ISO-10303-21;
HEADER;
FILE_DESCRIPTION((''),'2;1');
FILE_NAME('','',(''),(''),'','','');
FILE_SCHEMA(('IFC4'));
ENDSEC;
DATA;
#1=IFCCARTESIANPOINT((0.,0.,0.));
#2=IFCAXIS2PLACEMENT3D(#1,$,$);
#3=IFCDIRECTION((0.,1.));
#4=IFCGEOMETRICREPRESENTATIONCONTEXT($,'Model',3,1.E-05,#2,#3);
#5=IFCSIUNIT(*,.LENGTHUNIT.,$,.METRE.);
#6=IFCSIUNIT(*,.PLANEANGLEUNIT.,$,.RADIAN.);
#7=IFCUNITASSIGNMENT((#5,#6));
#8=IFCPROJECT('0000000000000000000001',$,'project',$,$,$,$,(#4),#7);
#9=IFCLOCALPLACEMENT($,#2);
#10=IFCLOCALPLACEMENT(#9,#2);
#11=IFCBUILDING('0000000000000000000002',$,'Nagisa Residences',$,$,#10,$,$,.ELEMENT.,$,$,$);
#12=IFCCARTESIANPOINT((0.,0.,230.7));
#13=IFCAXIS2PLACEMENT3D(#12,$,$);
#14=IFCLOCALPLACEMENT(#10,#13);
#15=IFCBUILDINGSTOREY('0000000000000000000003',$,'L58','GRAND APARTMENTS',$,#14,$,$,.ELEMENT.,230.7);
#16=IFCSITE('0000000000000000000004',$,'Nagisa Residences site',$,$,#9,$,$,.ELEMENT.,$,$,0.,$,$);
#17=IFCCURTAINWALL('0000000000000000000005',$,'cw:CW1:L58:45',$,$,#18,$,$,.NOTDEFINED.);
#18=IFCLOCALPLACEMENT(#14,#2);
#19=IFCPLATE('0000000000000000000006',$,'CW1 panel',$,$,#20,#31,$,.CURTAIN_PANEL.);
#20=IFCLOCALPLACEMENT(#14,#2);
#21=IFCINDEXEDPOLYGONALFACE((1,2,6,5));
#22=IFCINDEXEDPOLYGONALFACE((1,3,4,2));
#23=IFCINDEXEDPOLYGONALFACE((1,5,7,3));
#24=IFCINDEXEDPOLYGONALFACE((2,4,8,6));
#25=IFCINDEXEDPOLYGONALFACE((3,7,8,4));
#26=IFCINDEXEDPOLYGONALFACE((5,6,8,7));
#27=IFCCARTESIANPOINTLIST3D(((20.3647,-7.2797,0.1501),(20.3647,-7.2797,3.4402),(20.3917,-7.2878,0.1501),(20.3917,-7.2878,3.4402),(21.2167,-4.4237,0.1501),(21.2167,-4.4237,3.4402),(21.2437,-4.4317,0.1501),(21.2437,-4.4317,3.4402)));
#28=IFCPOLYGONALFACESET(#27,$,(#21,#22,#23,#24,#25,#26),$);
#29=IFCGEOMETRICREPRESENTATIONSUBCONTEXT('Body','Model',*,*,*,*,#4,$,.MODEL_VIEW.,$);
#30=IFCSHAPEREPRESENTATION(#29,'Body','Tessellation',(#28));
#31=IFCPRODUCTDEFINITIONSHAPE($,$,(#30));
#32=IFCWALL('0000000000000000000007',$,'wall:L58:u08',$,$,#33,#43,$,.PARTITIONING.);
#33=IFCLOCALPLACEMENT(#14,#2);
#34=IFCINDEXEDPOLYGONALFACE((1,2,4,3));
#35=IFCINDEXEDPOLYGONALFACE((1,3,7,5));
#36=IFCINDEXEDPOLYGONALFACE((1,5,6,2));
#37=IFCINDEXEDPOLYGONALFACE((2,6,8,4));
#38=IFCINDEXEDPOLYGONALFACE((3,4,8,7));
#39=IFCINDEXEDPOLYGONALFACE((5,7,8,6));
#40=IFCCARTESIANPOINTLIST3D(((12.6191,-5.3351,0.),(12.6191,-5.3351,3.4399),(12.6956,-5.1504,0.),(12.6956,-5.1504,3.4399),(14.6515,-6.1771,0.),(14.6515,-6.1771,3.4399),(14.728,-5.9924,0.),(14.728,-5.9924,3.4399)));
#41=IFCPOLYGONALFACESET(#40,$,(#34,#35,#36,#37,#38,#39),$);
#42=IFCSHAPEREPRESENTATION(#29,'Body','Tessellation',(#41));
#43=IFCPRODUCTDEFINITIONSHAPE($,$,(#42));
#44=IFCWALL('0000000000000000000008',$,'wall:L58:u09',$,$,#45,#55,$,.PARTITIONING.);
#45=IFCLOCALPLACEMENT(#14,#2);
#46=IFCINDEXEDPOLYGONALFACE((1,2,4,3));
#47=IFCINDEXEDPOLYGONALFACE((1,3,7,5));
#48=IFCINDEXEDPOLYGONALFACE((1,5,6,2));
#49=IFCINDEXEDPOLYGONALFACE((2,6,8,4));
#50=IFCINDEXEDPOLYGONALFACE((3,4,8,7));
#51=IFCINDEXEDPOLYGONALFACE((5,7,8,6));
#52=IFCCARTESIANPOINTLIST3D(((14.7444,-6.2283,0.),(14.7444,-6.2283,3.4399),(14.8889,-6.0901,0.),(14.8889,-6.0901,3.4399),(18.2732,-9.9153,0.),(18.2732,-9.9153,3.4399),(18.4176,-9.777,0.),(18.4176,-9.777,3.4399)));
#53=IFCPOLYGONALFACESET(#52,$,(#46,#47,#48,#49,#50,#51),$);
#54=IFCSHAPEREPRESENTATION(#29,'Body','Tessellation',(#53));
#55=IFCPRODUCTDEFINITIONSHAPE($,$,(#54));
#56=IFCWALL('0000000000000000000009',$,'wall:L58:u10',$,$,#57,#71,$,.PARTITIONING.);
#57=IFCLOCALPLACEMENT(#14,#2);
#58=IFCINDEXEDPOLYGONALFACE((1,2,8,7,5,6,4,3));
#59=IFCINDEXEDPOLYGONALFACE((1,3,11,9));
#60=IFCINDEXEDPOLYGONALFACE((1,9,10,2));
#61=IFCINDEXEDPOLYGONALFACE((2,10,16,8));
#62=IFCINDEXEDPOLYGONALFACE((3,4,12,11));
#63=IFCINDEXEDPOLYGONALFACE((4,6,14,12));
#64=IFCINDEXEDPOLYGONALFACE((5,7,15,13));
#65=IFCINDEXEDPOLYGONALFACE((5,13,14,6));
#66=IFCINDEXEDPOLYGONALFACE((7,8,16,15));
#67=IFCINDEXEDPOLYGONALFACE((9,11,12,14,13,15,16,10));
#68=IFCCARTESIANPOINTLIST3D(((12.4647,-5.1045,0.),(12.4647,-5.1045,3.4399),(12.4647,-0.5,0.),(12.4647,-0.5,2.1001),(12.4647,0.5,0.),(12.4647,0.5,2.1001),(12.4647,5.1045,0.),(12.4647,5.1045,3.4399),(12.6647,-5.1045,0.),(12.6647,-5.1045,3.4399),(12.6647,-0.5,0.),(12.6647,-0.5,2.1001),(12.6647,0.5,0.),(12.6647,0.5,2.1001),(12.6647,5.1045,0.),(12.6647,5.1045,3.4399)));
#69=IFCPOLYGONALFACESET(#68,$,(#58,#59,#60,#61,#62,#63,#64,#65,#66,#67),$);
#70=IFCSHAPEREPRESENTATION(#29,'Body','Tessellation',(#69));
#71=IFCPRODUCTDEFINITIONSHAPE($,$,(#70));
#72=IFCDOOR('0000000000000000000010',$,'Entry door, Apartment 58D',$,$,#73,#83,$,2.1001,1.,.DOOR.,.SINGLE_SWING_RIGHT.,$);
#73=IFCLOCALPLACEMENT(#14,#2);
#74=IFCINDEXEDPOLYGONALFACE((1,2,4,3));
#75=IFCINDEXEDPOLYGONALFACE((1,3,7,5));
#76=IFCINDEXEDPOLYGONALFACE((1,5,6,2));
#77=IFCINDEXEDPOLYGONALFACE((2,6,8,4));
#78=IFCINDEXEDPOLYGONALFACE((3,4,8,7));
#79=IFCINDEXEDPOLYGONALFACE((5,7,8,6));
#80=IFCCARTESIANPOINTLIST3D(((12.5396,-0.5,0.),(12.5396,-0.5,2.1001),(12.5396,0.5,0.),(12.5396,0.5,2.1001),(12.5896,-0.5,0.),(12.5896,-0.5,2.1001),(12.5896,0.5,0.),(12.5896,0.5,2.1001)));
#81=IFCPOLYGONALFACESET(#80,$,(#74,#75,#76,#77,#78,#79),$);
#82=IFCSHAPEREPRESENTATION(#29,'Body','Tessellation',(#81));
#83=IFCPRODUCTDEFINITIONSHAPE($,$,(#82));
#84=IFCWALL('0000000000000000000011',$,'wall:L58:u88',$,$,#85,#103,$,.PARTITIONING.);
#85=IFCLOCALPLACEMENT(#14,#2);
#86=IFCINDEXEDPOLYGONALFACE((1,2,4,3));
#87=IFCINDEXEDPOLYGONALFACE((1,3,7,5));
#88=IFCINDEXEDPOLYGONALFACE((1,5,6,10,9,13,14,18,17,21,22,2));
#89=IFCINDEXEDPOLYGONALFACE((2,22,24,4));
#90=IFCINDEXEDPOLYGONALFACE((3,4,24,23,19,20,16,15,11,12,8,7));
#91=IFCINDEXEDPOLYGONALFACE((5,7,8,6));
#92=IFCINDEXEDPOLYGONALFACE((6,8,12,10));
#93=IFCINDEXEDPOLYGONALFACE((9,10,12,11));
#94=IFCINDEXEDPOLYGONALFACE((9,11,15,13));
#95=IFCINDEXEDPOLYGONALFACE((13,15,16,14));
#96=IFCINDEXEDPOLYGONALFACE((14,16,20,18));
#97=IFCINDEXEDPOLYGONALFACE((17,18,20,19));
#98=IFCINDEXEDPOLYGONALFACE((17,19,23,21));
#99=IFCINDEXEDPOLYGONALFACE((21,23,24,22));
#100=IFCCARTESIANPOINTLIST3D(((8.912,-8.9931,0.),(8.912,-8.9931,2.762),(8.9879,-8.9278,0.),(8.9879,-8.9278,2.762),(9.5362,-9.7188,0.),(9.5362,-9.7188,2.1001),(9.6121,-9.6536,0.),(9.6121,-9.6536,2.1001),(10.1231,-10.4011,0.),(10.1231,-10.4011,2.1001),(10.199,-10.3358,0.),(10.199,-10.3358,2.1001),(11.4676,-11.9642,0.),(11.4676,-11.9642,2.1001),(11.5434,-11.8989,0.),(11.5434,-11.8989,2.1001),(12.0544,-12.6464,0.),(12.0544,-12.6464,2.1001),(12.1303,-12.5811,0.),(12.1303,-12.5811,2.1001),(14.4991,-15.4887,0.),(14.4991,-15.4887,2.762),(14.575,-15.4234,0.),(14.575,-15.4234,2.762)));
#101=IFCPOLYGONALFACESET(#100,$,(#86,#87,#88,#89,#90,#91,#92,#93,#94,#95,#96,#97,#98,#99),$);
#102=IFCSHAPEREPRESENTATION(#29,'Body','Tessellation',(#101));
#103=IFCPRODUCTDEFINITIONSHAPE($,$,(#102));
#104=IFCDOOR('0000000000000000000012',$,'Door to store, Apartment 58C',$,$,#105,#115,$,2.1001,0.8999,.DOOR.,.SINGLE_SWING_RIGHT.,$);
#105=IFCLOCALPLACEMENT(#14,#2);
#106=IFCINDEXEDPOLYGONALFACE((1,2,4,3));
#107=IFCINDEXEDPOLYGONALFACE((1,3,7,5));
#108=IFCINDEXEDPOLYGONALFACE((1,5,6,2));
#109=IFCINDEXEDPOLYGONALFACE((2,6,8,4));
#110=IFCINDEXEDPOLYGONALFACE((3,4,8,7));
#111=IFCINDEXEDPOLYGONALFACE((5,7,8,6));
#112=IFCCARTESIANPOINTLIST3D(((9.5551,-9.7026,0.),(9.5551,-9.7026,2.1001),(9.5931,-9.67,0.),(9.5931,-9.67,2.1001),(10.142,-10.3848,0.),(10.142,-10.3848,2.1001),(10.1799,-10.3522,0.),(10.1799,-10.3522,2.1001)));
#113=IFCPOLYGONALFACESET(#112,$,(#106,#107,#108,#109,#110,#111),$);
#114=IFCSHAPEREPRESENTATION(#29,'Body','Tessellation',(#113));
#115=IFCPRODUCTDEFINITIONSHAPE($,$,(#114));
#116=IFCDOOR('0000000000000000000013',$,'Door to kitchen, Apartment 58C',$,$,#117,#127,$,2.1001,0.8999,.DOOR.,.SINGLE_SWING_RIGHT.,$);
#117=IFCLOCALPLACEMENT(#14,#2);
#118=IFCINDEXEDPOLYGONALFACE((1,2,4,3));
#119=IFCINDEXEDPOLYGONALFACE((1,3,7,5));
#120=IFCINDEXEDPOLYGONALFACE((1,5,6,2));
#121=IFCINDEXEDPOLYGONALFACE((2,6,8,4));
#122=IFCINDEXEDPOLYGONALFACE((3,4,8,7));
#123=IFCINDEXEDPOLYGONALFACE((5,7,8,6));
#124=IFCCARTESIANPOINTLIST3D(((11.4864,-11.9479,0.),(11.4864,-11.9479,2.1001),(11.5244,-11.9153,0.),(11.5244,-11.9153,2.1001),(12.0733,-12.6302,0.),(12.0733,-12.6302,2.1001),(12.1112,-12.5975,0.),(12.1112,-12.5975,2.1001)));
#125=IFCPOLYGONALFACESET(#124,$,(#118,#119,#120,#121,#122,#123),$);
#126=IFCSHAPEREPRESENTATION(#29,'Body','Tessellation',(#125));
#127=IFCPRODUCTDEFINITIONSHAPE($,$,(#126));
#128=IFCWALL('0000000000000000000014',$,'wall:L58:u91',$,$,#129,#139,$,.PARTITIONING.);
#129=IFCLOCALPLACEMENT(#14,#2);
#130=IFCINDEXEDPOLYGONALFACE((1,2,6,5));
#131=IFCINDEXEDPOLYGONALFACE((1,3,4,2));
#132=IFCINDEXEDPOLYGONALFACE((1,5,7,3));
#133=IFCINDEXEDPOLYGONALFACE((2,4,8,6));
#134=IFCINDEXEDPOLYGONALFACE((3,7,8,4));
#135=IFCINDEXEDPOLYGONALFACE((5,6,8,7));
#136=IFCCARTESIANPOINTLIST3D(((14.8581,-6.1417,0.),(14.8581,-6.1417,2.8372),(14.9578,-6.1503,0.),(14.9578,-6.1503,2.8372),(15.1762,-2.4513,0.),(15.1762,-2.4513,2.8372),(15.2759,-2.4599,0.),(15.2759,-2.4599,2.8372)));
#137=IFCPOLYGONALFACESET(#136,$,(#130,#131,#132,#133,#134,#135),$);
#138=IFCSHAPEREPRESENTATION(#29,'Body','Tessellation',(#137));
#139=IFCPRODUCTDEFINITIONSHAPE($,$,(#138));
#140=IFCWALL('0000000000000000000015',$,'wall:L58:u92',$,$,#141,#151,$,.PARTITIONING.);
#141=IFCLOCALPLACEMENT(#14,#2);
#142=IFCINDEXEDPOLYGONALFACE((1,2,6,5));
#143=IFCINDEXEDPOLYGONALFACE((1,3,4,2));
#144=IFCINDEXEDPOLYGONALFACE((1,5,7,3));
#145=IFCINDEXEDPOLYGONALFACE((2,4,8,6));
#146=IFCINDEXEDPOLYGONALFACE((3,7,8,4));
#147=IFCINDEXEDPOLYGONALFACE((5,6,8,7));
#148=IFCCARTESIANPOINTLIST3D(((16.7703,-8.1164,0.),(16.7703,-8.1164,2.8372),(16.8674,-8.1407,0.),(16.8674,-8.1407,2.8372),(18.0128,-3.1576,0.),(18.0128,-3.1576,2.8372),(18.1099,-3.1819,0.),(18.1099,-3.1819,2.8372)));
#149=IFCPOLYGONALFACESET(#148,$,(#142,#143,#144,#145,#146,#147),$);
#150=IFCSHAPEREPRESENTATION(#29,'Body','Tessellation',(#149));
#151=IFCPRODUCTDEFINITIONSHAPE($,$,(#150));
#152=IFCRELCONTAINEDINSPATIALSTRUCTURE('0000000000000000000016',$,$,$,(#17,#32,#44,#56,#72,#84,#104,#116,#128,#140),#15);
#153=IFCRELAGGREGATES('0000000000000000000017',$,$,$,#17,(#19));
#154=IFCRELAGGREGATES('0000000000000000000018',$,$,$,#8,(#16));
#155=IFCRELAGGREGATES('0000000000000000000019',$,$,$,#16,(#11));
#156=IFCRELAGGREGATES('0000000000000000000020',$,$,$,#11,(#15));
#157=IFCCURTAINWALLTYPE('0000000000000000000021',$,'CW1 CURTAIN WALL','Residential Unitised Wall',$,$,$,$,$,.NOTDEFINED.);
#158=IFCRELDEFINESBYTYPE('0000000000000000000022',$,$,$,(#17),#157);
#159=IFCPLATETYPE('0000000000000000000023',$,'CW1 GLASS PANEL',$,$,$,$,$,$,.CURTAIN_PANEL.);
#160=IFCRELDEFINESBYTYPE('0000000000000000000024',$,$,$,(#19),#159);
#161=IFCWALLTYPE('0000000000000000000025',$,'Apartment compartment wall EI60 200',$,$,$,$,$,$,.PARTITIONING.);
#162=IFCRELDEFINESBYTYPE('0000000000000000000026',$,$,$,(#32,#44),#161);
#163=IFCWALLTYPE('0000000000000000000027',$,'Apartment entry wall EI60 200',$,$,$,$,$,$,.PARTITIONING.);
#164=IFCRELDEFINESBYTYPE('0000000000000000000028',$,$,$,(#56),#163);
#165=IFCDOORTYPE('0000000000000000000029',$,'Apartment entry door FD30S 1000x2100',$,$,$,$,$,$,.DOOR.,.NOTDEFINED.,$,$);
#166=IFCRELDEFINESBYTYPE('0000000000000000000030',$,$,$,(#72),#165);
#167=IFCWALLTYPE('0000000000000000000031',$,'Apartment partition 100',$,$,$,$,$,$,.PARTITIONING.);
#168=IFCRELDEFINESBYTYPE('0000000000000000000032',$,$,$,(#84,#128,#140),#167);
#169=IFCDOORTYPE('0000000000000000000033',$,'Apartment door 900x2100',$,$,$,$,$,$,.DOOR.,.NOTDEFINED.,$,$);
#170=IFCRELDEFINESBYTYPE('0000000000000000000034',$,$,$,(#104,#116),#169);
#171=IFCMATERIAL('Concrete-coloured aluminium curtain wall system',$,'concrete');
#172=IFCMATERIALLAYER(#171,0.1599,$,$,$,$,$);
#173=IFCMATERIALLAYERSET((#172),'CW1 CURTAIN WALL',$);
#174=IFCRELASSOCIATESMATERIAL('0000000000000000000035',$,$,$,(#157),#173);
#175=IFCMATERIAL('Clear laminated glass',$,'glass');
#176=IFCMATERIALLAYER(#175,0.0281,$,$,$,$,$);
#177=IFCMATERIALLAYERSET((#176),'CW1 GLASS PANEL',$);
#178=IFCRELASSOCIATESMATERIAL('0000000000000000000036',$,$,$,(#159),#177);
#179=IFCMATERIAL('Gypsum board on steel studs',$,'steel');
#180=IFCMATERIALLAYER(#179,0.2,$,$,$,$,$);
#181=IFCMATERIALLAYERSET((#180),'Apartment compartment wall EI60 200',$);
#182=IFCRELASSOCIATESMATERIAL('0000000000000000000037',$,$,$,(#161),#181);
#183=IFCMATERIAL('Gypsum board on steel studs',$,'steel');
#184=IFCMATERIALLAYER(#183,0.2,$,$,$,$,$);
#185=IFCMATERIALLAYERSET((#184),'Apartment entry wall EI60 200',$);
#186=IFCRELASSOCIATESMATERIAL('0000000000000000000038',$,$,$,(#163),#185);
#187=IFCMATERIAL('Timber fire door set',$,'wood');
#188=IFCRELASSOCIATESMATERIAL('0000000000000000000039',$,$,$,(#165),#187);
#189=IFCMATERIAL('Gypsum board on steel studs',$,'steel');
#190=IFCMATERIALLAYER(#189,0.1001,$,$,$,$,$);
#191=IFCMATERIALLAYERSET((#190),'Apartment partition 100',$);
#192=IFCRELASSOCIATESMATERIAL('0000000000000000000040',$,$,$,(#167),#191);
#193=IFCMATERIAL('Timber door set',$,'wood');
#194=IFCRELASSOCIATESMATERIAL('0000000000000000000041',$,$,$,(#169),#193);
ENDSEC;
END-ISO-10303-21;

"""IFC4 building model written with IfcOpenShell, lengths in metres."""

from ifc_helpers import new_model, si_unit, direction, frame, frame_2d, origin, origin_2d, place, context, subcontext, project, spatial, rectangle, extrude, material, layer, layer_set, type_object, element, fill, aggregate, save


model = new_model("IFC4")

# Units and contexts
model_context = context("Model", 3, precision=1e-05, world=origin(), true_north=direction((0.0, 1.0)))
body_context = subcontext(model_context, "Body", "Model", "MODEL_VIEW")
ifc_project = project(units=[si_unit("LENGTHUNIT", "METRE"), si_unit("PLANEANGLEUNIT", "RADIAN")], contexts=[model_context])

# Site, building, storey
site_placement = place(None, origin())
site = spatial("IfcSite", under=ifc_project, at=site_placement, Name="Nagisa Residences site", CompositionType="ELEMENT", RefElevation=0.0)
building_placement = place(site_placement, origin())
building = spatial("IfcBuilding", under=site, at=building_placement, Name="Nagisa Residences", CompositionType="ELEMENT")
storey_placement = place(building_placement, frame((0.0, 0.0, 230.7)))
storey = spatial("IfcBuildingStorey", under=building, at=storey_placement, Name="L58", Description="GRAND APARTMENTS", CompositionType="ELEMENT", Elevation=230.7)

# Curtain wall
ifc_material_1 = material(Name="Concrete-coloured aluminium curtain wall system", Category="concrete")
ifc_layer_1 = layer(ifc_material_1, 0.1599)
ifc_layer_set_1 = layer_set([ifc_layer_1], Name="CW1 CURTAIN WALL")
curtain_wall_type = type_object("IfcCurtainWallType", Name="CW1 CURTAIN WALL", Description="Residential Unitised Wall", PredefinedType="NOTDEFINED", material=ifc_layer_set_1)
curtain_wall_1_placement = place(storey_placement, origin())
curtain_wall_1 = element("IfcCurtainWall", 1, at=curtain_wall_1_placement, inside=storey, type_object=curtain_wall_type, Name="cw:CW1:L58:45", PredefinedType="NOTDEFINED")

# Plate
ifc_material_2 = material(Name="Clear laminated glass", Category="glass")
ifc_layer_2 = layer(ifc_material_2, 0.0281)
ifc_layer_set_2 = layer_set([ifc_layer_2], Name="CW1 GLASS PANEL")
plate_type = type_object("IfcPlateType", Name="CW1 GLASS PANEL", PredefinedType="CURTAIN_PANEL", material=ifc_layer_set_2)
plate_placement = place(storey_placement, frame((20.8042, -5.8557, 0.1501), z_axis=(0.0, 0.0, 1.0), x_axis=(0.28586, 0.958271, 0.0)))
plate = element("IfcPlate", 2, at=plate_placement, type_object=plate_type, Name="CW1 panel", PredefinedType="CURTAIN_PANEL", context=body_context, shape_type="SweptSolid", body=[
    extrude(rectangle(XDim=2.9805, YDim=0.0281, at=origin_2d()), origin(), (0.0, 0.0, 1.0), 3.29),
])
aggregate(curtain_wall_1, [plate])

# Walls
ifc_material_3 = material(Name="Gypsum board on steel studs", Category="steel")
ifc_layer_3 = layer(ifc_material_3, 0.2)
ifc_layer_set_3 = layer_set([ifc_layer_3], Name="Apartment compartment wall EI60 200")
wall_type_1 = type_object("IfcWallType", Name="Apartment compartment wall EI60 200", PredefinedType="PARTITIONING", material=ifc_layer_set_3)
wall_1_placement = place(storey_placement, frame((12.6572, -5.2427, 0.0), z_axis=(0.0, 0.0, 1.0), x_axis=(0.923853, -0.382747, 0.0)))
element("IfcWall", 3, at=wall_1_placement, inside=storey, type_object=wall_type_1, Name="wall:L58:u08", PredefinedType="PARTITIONING", context=body_context, shape_type="SweptSolid", body=[
    extrude(rectangle(XDim=2.2, YDim=0.2, at=frame_2d((1.1001, 0.0))), origin(), (0.0, 0.0, 1.0), 3.4399),
])
wall_2_placement = place(storey_placement, frame((14.8167, -6.1592, 0.0), z_axis=(0.0, 0.0, 1.0), x_axis=(0.691438, -0.722436, 0.0)))
element("IfcWall", 4, at=wall_2_placement, inside=storey, type_object=wall_type_1, Name="wall:L58:u09", PredefinedType="PARTITIONING", context=body_context, shape_type="SweptSolid", body=[
    extrude(rectangle(XDim=5.1035, YDim=0.2, at=frame_2d((2.5518, 0.0))), origin(), (0.0, 0.0, 1.0), 3.4399),
])

# Wall, opening, door
ifc_material_4 = material(Name="Gypsum board on steel studs", Category="steel")
ifc_layer_4 = layer(ifc_material_4, 0.2)
ifc_layer_set_4 = layer_set([ifc_layer_4], Name="Apartment entry wall EI60 200")
wall_type_2 = type_object("IfcWallType", Name="Apartment entry wall EI60 200", PredefinedType="PARTITIONING", material=ifc_layer_set_4)
wall_3_placement = place(storey_placement, frame((12.5647, -5.1045, 0.0), z_axis=(0.0, 0.0, 1.0), x_axis=(0.0, 1.0, 0.0)))
wall_3 = element("IfcWall", 5, at=wall_3_placement, inside=storey, type_object=wall_type_2, Name="wall:L58:u10", PredefinedType="PARTITIONING", context=body_context, shape_type="SweptSolid", body=[
    extrude(rectangle(XDim=10.209, YDim=0.2, at=frame_2d((5.1045, 0.0))), origin(), (0.0, 0.0, 1.0), 3.4399),
])
opening_1_placement = place(wall_3_placement, frame((4.6045, 0.0, 0.0)))
opening_1 = element("IfcOpeningElement", 6, at=opening_1_placement, cuts=wall_3, PredefinedType="OPENING", context=body_context, shape_type="SweptSolid", body=[
    extrude(rectangle(XDim=1.0, YDim=2.1001, at=frame_2d((0.5, 1.05))), frame((0.0, 0.1099, 0.0), z_axis=(0.0, -1.0, 0.0), x_axis=(1.0, 0.0, 0.0)), (0.0, 0.0, 1.0), 0.22),
])
ifc_material_5 = material(Name="Timber fire door set", Category="wood")
door_type_1 = type_object("IfcDoorType", Name="Apartment entry door FD30S 1000x2100", OperationType="NOTDEFINED", PredefinedType="DOOR", material=ifc_material_5)
door_1_placement = place(opening_1_placement, frame((1.0, 0.0, 0.0), x_axis=(-1.0, 0.0, 0.0)))
door_1 = element("IfcDoor", 7, at=door_1_placement, inside=storey, type_object=door_type_1, Name="Entry door, Apartment 58D", OperationType="SINGLE_SWING_RIGHT", OverallHeight=2.1001, OverallWidth=1.0, PredefinedType="DOOR", context=body_context, shape_type="SweptSolid", body=[
    extrude(rectangle(XDim=1.0, YDim=2.1001, at=frame_2d((0.5, 1.05))), frame((0.0, 0.0249, 0.0), z_axis=(0.0, -1.0, 0.0), x_axis=(1.0, 0.0, 0.0)), (0.0, 0.0, 1.0), 0.05),
])
fill(opening_1, door_1)

# Wall, openings, doors
ifc_material_6 = material(Name="Gypsum board on steel studs", Category="steel")
ifc_layer_5 = layer(ifc_material_6, 0.1001)
ifc_layer_set_5 = layer_set([ifc_layer_5], Name="Apartment partition 100")
wall_type_3 = type_object("IfcWallType", Name="Apartment partition 100", PredefinedType="PARTITIONING", material=ifc_layer_set_5)
wall_4_placement = place(storey_placement, frame((8.95, -8.9604, 0.0), z_axis=(0.0, 0.0, 1.0), x_axis=(0.652102, -0.758131, 0.0)))
wall_4 = element("IfcWall", 8, at=wall_4_placement, inside=storey, type_object=wall_type_3, Name="wall:L58:u88", PredefinedType="PARTITIONING", context=body_context, shape_type="SweptSolid", body=[
    extrude(rectangle(XDim=8.5679, YDim=0.1001, at=frame_2d((4.2839, 0.0))), origin(), (0.0, 0.0, 1.0), 2.762),
])
opening_2_placement = place(wall_4_placement, frame((0.9573, 0.0, 0.0)))
opening_2 = element("IfcOpeningElement", 9, at=opening_2_placement, cuts=wall_4, PredefinedType="OPENING", context=body_context, shape_type="SweptSolid", body=[
    extrude(rectangle(XDim=0.8999, YDim=2.1001, at=frame_2d((0.45, 1.05))), frame((0.0, 0.0601, 0.0), z_axis=(0.0, -1.0, 0.0), x_axis=(1.0, 0.0, 0.0)), (0.0, 0.0, 1.0), 0.1201),
])
opening_3_placement = place(wall_4_placement, frame((3.9189, 0.0, 0.0)))
opening_3 = element("IfcOpeningElement", 10, at=opening_3_placement, cuts=wall_4, PredefinedType="OPENING", context=body_context, shape_type="SweptSolid", body=[
    extrude(rectangle(XDim=0.8999, YDim=2.1001, at=frame_2d((0.45, 1.05))), frame((0.0, 0.0601, 0.0), z_axis=(0.0, -1.0, 0.0), x_axis=(1.0, 0.0, 0.0)), (0.0, 0.0, 1.0), 0.1201),
])
ifc_material_7 = material(Name="Timber door set", Category="wood")
door_type_2 = type_object("IfcDoorType", Name="Apartment door 900x2100", OperationType="NOTDEFINED", PredefinedType="DOOR", material=ifc_material_7)
door_2_placement = place(opening_2_placement, origin())
door_2 = element("IfcDoor", 11, at=door_2_placement, inside=storey, type_object=door_type_2, Name="Door to store, Apartment 58C", OperationType="SINGLE_SWING_RIGHT", OverallHeight=2.1001, OverallWidth=0.8999, PredefinedType="DOOR", context=body_context, shape_type="SweptSolid", body=[
    extrude(rectangle(XDim=0.8999, YDim=2.1001, at=frame_2d((0.45, 1.05))), frame((0.0, 0.0249, 0.0), z_axis=(0.0, -1.0, 0.0), x_axis=(1.0, 0.0, 0.0)), (0.0, 0.0, 1.0), 0.05),
])
fill(opening_2, door_2)
door_3_placement = place(opening_3_placement, origin())
door_3 = element("IfcDoor", 12, at=door_3_placement, inside=storey, type_object=door_type_2, Name="Door to kitchen, Apartment 58C", OperationType="SINGLE_SWING_RIGHT", OverallHeight=2.1001, OverallWidth=0.8999, PredefinedType="DOOR", context=body_context, shape_type="SweptSolid", body=[
    extrude(rectangle(XDim=0.8999, YDim=2.1001, at=frame_2d((0.45, 1.05))), frame((0.0, 0.0249, 0.0), z_axis=(0.0, -1.0, 0.0), x_axis=(1.0, 0.0, 0.0)), (0.0, 0.0, 1.0), 0.05),
])
fill(opening_3, door_3)

# Walls
wall_5_placement = place(storey_placement, frame((14.908, -6.146, 0.0), z_axis=(0.0, 0.0, 1.0), x_axis=(0.085882, 0.996305, 0.0)))
element("IfcWall", 13, at=wall_5_placement, inside=storey, type_object=wall_type_3, Name="wall:L58:u91", PredefinedType="PARTITIONING", context=body_context, shape_type="SweptSolid", body=[
    extrude(rectangle(XDim=3.7041, YDim=0.1001, at=frame_2d((1.8521, 0.0))), origin(), (0.0, 0.0, 1.0), 2.8372),
])
wall_6_placement = place(storey_placement, frame((16.8188, -8.1287, 0.0), z_axis=(0.0, 0.0, 1.0), x_axis=(0.243041, 0.970016, 0.0)))
element("IfcWall", 14, at=wall_6_placement, inside=storey, type_object=wall_type_3, Name="wall:L58:u92", PredefinedType="PARTITIONING", context=body_context, shape_type="SweptSolid", body=[
    extrude(rectangle(XDim=5.1121, YDim=0.1001, at=frame_2d((2.5562, 0.0))), origin(), (0.0, 0.0, 1.0), 2.8372),
])

save(model, "model.ifc")
